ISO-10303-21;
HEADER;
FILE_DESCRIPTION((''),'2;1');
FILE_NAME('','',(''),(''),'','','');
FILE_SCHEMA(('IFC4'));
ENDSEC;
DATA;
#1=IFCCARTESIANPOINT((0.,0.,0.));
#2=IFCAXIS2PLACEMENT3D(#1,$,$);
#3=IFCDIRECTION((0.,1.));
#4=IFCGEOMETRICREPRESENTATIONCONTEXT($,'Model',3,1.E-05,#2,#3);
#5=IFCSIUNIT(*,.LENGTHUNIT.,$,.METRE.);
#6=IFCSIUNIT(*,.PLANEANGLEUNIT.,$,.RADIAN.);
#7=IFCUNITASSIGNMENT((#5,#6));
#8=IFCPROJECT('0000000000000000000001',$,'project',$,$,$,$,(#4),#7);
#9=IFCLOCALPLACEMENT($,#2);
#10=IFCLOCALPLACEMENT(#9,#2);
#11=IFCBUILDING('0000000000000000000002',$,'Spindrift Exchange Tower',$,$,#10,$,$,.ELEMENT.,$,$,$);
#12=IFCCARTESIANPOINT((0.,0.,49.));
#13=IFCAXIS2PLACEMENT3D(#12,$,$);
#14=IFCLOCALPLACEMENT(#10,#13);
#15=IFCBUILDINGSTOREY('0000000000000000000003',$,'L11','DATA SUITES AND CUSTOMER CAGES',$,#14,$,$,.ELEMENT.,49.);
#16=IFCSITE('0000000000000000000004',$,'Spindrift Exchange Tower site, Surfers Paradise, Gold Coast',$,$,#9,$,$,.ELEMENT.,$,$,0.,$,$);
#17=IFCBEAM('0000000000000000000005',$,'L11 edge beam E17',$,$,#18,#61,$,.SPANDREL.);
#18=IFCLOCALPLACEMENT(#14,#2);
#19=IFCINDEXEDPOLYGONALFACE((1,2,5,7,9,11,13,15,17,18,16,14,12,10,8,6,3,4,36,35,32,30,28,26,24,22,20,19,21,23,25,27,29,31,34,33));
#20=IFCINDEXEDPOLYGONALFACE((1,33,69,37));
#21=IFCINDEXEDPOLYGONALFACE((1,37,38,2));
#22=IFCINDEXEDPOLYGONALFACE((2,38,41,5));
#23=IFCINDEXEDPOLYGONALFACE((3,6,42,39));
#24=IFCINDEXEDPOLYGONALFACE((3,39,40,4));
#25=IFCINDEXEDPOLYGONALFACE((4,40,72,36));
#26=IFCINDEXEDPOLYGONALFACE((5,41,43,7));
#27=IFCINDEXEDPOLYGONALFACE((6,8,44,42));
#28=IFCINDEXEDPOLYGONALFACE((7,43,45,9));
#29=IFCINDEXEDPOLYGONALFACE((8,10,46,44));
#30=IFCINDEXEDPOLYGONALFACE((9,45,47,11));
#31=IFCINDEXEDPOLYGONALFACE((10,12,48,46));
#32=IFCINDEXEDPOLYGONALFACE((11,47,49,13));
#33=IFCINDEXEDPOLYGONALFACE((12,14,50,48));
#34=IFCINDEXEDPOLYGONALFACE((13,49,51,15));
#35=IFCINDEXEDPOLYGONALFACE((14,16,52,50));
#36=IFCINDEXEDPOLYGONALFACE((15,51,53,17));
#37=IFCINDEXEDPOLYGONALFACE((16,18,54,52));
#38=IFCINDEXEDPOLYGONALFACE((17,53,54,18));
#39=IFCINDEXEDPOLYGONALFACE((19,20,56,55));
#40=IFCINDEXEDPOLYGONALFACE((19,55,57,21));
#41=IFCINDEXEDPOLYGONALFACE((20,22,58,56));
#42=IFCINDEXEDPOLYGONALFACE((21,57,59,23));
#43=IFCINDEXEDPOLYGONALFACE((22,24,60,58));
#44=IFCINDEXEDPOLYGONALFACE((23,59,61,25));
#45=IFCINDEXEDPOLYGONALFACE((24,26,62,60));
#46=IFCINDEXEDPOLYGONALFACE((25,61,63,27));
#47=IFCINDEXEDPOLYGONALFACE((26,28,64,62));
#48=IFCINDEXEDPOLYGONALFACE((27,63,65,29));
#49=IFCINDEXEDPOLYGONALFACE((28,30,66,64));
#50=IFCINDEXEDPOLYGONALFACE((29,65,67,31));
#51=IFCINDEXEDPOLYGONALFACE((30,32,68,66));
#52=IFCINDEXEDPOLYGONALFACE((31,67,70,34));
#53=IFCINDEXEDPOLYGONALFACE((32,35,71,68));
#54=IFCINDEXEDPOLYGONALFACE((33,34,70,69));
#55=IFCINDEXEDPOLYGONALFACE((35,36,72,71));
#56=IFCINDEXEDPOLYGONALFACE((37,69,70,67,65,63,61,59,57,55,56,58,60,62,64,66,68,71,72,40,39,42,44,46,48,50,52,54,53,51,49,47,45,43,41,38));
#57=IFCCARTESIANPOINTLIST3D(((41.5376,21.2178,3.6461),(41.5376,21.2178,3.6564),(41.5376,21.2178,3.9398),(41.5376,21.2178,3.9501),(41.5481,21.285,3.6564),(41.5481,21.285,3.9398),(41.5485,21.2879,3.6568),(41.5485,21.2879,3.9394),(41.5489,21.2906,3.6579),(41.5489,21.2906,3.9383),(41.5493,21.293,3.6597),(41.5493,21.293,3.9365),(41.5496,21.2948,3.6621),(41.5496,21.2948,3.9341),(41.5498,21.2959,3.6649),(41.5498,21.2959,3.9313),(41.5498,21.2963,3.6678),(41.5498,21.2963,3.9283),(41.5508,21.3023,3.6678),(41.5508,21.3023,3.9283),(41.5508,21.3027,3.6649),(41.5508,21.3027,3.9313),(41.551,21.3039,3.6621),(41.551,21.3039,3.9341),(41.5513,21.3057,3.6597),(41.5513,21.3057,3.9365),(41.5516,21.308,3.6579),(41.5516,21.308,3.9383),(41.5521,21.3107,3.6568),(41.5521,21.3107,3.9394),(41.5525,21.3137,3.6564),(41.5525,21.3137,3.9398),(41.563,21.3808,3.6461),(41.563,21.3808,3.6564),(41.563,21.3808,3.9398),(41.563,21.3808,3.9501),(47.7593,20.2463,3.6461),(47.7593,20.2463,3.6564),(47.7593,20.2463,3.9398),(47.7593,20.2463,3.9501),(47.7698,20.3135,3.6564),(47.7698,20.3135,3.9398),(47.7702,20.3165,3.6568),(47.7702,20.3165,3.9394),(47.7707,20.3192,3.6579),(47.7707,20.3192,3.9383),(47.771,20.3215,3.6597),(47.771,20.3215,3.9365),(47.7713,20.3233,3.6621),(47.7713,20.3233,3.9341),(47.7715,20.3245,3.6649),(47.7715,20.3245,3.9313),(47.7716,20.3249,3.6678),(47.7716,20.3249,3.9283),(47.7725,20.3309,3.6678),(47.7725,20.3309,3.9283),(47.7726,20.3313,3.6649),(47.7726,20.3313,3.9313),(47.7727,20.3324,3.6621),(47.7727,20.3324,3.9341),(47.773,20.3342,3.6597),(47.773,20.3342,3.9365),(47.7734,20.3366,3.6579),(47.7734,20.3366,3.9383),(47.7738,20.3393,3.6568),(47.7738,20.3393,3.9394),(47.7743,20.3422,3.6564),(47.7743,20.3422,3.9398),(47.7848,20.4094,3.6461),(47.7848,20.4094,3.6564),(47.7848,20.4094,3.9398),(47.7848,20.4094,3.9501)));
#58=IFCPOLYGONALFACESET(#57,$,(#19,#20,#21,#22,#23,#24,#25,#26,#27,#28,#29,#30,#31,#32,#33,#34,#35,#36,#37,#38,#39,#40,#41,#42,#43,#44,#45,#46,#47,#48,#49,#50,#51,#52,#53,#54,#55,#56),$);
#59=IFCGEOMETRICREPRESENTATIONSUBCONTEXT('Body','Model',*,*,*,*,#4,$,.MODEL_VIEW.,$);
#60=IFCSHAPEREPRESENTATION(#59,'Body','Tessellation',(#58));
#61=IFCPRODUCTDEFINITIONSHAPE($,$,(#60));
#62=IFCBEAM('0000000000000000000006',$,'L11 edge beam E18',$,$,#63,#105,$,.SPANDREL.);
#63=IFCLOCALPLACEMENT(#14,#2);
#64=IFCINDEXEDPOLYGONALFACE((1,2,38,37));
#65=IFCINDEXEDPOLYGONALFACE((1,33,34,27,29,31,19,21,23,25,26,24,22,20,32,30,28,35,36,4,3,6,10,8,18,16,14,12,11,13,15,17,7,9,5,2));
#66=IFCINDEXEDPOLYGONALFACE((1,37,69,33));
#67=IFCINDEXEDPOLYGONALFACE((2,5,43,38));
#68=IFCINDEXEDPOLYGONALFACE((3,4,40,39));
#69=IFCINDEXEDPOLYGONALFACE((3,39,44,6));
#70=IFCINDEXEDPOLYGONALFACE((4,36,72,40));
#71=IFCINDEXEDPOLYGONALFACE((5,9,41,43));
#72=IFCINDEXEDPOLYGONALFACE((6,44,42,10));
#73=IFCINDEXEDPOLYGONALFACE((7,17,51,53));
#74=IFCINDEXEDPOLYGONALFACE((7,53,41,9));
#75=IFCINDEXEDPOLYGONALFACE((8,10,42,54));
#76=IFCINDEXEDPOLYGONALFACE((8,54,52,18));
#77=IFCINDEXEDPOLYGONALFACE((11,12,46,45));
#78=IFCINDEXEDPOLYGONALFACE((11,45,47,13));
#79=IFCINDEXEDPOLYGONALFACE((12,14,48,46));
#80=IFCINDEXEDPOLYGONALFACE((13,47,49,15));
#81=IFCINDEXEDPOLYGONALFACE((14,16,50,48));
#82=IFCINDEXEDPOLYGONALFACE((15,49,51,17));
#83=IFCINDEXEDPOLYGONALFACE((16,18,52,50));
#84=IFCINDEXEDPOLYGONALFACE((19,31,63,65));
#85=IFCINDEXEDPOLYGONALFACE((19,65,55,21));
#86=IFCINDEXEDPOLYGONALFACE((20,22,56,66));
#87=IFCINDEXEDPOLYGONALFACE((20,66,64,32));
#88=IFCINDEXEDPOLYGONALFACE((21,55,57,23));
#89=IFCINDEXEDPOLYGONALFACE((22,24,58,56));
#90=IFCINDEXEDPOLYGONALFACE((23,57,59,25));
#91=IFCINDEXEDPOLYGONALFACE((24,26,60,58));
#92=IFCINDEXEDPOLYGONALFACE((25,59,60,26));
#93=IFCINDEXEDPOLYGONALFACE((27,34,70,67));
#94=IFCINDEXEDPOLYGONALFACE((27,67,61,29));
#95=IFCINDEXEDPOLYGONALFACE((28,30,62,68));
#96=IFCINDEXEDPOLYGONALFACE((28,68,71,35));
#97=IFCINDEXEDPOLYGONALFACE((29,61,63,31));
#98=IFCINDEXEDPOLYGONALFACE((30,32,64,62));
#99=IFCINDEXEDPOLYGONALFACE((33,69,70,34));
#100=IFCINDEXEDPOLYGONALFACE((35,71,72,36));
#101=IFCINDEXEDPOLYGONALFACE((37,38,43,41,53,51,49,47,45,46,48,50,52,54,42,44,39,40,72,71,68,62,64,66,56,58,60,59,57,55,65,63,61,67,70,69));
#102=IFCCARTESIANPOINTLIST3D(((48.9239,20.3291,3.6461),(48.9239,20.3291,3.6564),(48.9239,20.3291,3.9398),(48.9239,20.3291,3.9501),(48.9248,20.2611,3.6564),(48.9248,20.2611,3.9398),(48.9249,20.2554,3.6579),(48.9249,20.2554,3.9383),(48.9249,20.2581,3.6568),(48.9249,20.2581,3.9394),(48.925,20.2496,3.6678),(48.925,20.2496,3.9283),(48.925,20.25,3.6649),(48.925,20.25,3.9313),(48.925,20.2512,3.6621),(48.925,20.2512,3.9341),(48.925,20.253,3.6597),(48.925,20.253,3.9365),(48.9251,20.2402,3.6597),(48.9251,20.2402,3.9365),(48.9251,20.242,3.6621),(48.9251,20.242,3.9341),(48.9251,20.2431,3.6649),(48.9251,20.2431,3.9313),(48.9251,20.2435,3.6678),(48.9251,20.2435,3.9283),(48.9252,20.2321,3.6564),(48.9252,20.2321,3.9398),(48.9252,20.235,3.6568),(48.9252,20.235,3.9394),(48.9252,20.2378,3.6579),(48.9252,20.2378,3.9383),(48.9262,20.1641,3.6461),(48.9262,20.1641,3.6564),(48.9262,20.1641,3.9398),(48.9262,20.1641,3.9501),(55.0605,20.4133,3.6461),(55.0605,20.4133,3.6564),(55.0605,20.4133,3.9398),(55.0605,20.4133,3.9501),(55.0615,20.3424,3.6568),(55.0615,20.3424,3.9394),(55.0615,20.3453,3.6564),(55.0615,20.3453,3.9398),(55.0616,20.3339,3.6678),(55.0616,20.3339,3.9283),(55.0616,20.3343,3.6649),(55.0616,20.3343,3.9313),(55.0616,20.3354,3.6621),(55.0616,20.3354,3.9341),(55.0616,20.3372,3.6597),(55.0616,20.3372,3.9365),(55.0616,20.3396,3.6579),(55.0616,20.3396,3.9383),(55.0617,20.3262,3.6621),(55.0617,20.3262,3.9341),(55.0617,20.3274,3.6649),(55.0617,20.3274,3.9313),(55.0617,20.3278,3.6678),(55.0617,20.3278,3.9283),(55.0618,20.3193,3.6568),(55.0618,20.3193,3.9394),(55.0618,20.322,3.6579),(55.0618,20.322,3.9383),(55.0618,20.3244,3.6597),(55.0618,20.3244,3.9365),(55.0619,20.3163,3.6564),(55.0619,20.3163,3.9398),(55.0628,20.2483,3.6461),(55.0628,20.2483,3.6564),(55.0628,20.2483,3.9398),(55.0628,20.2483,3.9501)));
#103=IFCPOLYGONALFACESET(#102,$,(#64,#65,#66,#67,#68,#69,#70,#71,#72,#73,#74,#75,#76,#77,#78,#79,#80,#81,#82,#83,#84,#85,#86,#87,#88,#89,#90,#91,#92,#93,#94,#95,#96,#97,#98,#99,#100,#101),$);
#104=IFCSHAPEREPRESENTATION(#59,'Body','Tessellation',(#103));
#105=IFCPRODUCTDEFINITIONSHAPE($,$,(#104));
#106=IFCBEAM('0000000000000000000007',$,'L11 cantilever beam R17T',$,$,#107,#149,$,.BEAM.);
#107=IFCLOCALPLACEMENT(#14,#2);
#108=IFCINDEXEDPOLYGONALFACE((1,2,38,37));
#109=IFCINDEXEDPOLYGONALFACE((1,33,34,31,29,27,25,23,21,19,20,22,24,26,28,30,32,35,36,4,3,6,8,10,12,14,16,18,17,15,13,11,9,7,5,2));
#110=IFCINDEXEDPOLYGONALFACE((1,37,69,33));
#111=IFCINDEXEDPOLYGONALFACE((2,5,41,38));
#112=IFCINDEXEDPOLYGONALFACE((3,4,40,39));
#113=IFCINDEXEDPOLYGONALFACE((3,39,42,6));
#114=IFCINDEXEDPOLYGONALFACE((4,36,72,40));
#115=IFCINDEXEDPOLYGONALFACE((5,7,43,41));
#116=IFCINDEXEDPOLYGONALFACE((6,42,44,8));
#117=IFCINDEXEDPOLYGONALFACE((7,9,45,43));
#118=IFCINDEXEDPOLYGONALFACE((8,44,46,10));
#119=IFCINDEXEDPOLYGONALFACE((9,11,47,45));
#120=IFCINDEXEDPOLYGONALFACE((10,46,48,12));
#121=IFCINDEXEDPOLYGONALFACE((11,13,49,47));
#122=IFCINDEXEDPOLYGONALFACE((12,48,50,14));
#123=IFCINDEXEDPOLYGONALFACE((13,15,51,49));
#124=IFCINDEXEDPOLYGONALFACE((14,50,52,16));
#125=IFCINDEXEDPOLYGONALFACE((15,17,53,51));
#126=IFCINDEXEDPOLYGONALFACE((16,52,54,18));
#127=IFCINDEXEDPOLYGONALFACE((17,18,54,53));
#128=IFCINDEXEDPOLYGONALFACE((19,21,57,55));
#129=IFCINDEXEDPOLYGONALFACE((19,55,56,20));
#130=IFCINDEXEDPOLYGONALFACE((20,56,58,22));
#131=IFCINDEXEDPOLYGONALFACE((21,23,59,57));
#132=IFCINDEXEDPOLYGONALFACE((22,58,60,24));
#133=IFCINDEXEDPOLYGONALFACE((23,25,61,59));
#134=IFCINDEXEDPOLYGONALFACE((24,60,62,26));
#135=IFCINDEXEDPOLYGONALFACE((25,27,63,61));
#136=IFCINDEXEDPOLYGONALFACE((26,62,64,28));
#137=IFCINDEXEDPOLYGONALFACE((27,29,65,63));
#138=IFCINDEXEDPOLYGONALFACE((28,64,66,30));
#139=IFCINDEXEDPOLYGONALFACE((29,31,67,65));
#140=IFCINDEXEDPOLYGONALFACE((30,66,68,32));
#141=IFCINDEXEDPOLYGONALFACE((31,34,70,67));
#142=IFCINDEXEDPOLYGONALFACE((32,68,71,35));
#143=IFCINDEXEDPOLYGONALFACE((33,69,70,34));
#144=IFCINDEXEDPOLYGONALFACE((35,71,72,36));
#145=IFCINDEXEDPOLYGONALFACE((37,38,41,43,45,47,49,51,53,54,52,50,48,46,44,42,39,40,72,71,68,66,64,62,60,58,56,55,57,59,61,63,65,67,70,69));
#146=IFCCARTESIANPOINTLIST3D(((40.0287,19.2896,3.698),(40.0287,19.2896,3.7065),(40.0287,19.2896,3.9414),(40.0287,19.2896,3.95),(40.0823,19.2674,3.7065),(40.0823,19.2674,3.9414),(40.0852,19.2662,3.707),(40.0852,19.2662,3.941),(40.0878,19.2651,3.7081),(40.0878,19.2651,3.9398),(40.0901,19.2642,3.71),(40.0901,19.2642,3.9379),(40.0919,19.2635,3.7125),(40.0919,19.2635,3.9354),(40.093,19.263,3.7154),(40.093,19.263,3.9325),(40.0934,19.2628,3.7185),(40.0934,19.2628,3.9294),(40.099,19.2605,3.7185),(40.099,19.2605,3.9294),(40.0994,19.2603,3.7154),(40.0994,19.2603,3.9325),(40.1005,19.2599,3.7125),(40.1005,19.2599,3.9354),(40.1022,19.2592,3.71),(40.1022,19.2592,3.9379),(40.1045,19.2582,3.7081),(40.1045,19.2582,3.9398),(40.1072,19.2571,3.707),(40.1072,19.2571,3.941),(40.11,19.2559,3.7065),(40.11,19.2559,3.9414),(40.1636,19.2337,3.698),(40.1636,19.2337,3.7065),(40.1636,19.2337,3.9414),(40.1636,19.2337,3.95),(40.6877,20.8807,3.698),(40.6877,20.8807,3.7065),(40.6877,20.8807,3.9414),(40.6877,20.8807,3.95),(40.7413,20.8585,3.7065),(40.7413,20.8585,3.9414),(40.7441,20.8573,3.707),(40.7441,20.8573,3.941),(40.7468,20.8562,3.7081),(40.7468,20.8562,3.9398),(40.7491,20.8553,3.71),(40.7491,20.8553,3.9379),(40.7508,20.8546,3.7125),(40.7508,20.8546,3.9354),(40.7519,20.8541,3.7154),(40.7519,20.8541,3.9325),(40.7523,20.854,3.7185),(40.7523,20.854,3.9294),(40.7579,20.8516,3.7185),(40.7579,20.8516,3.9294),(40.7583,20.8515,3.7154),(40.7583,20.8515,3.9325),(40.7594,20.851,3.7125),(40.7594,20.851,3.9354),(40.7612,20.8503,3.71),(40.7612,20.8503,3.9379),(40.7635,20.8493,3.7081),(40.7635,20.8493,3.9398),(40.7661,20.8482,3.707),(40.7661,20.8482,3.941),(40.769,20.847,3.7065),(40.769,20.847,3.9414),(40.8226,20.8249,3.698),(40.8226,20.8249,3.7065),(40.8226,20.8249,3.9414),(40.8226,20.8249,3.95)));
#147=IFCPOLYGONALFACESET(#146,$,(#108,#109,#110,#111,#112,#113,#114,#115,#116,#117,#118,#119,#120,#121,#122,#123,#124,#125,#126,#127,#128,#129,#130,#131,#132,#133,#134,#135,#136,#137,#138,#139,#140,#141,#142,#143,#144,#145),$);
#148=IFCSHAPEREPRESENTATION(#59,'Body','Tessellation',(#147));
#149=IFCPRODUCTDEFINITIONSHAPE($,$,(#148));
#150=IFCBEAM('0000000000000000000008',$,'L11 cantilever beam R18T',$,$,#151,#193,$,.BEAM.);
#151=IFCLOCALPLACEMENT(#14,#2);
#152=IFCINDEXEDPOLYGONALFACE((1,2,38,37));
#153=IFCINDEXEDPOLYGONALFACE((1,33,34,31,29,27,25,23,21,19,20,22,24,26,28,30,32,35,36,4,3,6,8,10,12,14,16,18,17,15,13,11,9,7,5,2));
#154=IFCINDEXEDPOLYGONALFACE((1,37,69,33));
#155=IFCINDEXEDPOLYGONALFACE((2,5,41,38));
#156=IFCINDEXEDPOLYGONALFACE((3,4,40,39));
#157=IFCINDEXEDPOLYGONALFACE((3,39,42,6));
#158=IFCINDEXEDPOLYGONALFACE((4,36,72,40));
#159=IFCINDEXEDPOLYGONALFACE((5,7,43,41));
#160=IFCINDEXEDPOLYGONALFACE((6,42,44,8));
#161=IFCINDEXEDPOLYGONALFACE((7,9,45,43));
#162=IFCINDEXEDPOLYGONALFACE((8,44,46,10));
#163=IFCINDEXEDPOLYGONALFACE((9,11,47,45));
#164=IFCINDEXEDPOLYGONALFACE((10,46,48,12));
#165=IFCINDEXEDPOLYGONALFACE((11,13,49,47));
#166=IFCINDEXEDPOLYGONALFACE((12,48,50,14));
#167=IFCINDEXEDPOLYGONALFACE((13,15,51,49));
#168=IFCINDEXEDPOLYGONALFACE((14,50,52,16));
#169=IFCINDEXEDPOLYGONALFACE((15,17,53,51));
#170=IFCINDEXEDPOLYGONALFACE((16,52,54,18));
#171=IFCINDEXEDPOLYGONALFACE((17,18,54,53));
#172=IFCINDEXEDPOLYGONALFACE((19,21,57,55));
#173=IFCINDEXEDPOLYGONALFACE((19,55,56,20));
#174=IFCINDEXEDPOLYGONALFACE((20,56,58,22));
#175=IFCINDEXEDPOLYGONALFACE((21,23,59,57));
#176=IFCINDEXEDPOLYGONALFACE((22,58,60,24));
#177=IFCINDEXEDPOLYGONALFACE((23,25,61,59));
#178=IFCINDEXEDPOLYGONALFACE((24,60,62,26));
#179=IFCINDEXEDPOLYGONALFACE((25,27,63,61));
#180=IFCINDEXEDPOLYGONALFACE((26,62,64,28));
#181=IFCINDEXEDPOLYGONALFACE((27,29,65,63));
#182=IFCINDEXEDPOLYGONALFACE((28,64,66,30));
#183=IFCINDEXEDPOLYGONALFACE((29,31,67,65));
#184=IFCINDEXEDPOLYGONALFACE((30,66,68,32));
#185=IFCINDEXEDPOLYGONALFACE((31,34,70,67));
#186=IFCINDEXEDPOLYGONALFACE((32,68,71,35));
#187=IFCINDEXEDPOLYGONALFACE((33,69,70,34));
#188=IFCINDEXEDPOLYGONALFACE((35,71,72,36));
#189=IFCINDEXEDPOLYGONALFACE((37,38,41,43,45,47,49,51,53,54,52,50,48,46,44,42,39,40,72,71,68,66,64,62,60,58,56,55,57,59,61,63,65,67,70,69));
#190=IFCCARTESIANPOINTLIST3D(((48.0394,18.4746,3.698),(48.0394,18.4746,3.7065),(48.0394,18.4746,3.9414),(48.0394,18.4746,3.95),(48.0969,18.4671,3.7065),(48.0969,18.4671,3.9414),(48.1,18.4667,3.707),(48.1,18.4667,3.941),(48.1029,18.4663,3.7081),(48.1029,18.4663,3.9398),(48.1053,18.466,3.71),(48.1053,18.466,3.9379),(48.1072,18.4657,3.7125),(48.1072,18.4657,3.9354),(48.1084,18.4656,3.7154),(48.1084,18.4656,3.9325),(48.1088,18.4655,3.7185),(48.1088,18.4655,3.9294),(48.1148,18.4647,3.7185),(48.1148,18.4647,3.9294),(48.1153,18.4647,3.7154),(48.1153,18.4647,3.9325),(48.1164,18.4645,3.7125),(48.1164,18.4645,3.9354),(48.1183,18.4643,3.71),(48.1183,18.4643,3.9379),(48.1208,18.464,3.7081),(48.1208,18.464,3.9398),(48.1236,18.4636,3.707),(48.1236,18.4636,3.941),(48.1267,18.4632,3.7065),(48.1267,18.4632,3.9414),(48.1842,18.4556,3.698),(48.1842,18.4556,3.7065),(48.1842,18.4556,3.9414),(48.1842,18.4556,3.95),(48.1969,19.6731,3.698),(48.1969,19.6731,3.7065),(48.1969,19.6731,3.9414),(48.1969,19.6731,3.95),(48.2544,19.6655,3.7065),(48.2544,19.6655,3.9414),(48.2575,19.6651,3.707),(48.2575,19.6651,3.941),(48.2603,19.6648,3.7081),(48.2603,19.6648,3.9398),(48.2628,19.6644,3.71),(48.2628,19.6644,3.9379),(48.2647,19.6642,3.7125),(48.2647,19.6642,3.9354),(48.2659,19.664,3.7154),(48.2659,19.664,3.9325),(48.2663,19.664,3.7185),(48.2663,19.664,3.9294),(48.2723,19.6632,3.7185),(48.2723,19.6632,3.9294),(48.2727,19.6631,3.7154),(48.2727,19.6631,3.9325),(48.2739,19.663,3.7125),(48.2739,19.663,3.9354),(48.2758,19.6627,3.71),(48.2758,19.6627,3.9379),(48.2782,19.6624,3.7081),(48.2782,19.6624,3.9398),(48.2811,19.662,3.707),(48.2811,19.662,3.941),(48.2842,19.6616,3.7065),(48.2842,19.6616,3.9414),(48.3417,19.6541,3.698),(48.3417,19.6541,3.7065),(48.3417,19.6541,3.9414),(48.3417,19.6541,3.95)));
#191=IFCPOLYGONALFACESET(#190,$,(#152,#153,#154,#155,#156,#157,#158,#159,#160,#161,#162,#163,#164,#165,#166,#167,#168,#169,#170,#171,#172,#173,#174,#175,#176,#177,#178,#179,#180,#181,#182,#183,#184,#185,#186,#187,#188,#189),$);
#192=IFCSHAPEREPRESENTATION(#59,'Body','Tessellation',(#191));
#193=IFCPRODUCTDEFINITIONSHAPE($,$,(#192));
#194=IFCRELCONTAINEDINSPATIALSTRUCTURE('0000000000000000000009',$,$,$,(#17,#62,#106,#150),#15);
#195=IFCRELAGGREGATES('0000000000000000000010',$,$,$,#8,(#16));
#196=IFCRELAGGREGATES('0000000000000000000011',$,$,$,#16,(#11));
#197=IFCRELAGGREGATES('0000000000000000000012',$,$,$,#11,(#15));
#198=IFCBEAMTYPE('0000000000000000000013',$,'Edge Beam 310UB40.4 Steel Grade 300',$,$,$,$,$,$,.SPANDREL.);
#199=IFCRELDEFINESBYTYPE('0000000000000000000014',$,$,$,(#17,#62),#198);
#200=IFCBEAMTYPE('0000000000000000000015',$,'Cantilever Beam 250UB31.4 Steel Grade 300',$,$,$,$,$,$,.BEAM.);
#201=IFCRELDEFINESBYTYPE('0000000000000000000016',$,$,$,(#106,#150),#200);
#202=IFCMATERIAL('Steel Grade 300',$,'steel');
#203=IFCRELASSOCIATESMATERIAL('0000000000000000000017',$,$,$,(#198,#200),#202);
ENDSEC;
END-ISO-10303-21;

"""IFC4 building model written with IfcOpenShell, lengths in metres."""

from ifc_helpers import new_model, si_unit, direction, frame, origin, origin_2d, place, context, subcontext, project, spatial, i_section, extrude, source, transform, mapped, material, material_profile, profile_set, type_object, element, save


model = new_model("IFC4")

# Units and contexts
model_context = context("Model", 3, precision=1e-05, world=origin(), true_north=direction((0.0, 1.0)))
body_context = subcontext(model_context, "Body", "Model", "MODEL_VIEW")
ifc_project = project(units=[si_unit("LENGTHUNIT", "METRE"), si_unit("PLANEANGLEUNIT", "RADIAN")], contexts=[model_context])

# Site, building, storey
site_placement = place(None, origin())
site = spatial("IfcSite", under=ifc_project, at=site_placement, Name="Spindrift Exchange Tower site, Surfers Paradise, Gold Coast", CompositionType="ELEMENT", RefElevation=0.0)
building_placement = place(site_placement, origin())
building = spatial("IfcBuilding", under=site, at=building_placement, Name="Spindrift Exchange Tower", CompositionType="ELEMENT")
storey_placement = place(building_placement, frame((0.0, 0.0, 49.0)))
storey = spatial("IfcBuildingStorey", under=building, at=storey_placement, Name="L11", Description="DATA SUITES AND CUSTOMER CAGES", CompositionType="ELEMENT", Elevation=49.0)

# Beams
ifc_material_1 = material(Name="Steel Grade 300", Category="steel")
ifc_material_profile_1 = material_profile(ifc_material_1, i_section(OverallWidth=0.165, OverallDepth=0.304, WebThickness=0.0061, FlangeThickness=0.0103, FilletRadius=0.0115, at=origin_2d()), Name="310UB40.4")
ifc_profile_set_1 = profile_set([ifc_material_profile_1], Name="Steel Grade 300")
beam_type_1 = type_object("IfcBeamType", Name="Edge Beam 310UB40.4 Steel Grade 300", PredefinedType="SPANDREL", material=ifc_profile_set_1)
shared_shape_1 = source(origin(), body_context, "Body", "SweptSolid", [
    extrude(i_section(OverallWidth=0.165, OverallDepth=0.304, WebThickness=0.0061, FlangeThickness=0.0103, FilletRadius=0.0115, at=origin_2d()), origin(), (0.0, 0.0, 1.0), 6.2971),
])
beam_1_placement = place(storey_placement, frame((41.5503, 21.2993, 3.7981), z_axis=(0.988029, -0.154268, 0.0), x_axis=(0.154268, 0.988029, 0.0)))
element("IfcBeam", 1, at=beam_1_placement, inside=storey, type_object=beam_type_1, Name="L11 edge beam E17", PredefinedType="SPANDREL", context=body_context, shape_type="MappedRepresentation", body=[
    mapped(shared_shape_1, transform((0.0, 0.0, 0.0), scale=1.0)),
])
shared_shape_2 = source(origin(), body_context, "Body", "SweptSolid", [
    extrude(i_section(OverallWidth=0.165, OverallDepth=0.304, WebThickness=0.0061, FlangeThickness=0.0103, FilletRadius=0.0115, at=origin_2d()), origin(), (0.0, 0.0, 1.0), 6.1372),
])
beam_2_placement = place(storey_placement, frame((48.925, 20.2466, 3.7981), z_axis=(0.999906, 0.013724, 0.0), x_axis=(-0.013724, 0.999906, 0.0)))
element("IfcBeam", 2, at=beam_2_placement, inside=storey, type_object=beam_type_1, Name="L11 edge beam E18", PredefinedType="SPANDREL", context=body_context, shape_type="MappedRepresentation", body=[
    mapped(shared_shape_2, transform((0.0, 0.0, 0.0), scale=1.0)),
])
ifc_material_profile_2 = material_profile(ifc_material_1, i_section(OverallWidth=0.146, OverallDepth=0.252, WebThickness=0.0061, FlangeThickness=0.0085, FilletRadius=0.012, at=origin_2d()), Name="250UB31.4")
ifc_profile_set_2 = profile_set([ifc_material_profile_2], Name="Steel Grade 300")
beam_type_2 = type_object("IfcBeamType", Name="Cantilever Beam 250UB31.4 Steel Grade 300", PredefinedType="BEAM", material=ifc_profile_set_2)
shared_shape_3 = source(origin(), body_context, "Body", "SweptSolid", [
    extrude(i_section(OverallWidth=0.146, OverallDepth=0.252, WebThickness=0.0061, FlangeThickness=0.0085, FilletRadius=0.012, at=origin_2d()), origin(), (0.0, 0.0, 1.0), 1.7222),
])
beam_3_placement = place(storey_placement, frame((40.7551, 20.8528, 3.824), z_axis=(-0.382631, -0.923901, 0.0), x_axis=(0.923901, -0.382631, 0.0)))
element("IfcBeam", 3, at=beam_3_placement, inside=storey, type_object=beam_type_2, Name="L11 cantilever beam R17T", PredefinedType="BEAM", context=body_context, shape_type="MappedRepresentation", body=[
    mapped(shared_shape_3, transform((0.0, 0.0, 0.0), scale=1.0)),
])
shared_shape_4 = source(origin(), body_context, "Body", "SweptSolid", [
    extrude(i_section(OverallWidth=0.146, OverallDepth=0.252, WebThickness=0.0061, FlangeThickness=0.0085, FilletRadius=0.012, at=origin_2d()), origin(), (0.0, 0.0, 1.0), 1.2087),
])
beam_4_placement = place(storey_placement, frame((48.2693, 19.6636, 3.824), z_axis=(-0.130272, -0.991478, 0.0), x_axis=(0.991478, -0.130272, 0.0)))
element("IfcBeam", 4, at=beam_4_placement, inside=storey, type_object=beam_type_2, Name="L11 cantilever beam R18T", PredefinedType="BEAM", context=body_context, shape_type="MappedRepresentation", body=[
    mapped(shared_shape_4, transform((0.0, 0.0, 0.0), scale=1.0)),
])

save(model, "model.ifc")
